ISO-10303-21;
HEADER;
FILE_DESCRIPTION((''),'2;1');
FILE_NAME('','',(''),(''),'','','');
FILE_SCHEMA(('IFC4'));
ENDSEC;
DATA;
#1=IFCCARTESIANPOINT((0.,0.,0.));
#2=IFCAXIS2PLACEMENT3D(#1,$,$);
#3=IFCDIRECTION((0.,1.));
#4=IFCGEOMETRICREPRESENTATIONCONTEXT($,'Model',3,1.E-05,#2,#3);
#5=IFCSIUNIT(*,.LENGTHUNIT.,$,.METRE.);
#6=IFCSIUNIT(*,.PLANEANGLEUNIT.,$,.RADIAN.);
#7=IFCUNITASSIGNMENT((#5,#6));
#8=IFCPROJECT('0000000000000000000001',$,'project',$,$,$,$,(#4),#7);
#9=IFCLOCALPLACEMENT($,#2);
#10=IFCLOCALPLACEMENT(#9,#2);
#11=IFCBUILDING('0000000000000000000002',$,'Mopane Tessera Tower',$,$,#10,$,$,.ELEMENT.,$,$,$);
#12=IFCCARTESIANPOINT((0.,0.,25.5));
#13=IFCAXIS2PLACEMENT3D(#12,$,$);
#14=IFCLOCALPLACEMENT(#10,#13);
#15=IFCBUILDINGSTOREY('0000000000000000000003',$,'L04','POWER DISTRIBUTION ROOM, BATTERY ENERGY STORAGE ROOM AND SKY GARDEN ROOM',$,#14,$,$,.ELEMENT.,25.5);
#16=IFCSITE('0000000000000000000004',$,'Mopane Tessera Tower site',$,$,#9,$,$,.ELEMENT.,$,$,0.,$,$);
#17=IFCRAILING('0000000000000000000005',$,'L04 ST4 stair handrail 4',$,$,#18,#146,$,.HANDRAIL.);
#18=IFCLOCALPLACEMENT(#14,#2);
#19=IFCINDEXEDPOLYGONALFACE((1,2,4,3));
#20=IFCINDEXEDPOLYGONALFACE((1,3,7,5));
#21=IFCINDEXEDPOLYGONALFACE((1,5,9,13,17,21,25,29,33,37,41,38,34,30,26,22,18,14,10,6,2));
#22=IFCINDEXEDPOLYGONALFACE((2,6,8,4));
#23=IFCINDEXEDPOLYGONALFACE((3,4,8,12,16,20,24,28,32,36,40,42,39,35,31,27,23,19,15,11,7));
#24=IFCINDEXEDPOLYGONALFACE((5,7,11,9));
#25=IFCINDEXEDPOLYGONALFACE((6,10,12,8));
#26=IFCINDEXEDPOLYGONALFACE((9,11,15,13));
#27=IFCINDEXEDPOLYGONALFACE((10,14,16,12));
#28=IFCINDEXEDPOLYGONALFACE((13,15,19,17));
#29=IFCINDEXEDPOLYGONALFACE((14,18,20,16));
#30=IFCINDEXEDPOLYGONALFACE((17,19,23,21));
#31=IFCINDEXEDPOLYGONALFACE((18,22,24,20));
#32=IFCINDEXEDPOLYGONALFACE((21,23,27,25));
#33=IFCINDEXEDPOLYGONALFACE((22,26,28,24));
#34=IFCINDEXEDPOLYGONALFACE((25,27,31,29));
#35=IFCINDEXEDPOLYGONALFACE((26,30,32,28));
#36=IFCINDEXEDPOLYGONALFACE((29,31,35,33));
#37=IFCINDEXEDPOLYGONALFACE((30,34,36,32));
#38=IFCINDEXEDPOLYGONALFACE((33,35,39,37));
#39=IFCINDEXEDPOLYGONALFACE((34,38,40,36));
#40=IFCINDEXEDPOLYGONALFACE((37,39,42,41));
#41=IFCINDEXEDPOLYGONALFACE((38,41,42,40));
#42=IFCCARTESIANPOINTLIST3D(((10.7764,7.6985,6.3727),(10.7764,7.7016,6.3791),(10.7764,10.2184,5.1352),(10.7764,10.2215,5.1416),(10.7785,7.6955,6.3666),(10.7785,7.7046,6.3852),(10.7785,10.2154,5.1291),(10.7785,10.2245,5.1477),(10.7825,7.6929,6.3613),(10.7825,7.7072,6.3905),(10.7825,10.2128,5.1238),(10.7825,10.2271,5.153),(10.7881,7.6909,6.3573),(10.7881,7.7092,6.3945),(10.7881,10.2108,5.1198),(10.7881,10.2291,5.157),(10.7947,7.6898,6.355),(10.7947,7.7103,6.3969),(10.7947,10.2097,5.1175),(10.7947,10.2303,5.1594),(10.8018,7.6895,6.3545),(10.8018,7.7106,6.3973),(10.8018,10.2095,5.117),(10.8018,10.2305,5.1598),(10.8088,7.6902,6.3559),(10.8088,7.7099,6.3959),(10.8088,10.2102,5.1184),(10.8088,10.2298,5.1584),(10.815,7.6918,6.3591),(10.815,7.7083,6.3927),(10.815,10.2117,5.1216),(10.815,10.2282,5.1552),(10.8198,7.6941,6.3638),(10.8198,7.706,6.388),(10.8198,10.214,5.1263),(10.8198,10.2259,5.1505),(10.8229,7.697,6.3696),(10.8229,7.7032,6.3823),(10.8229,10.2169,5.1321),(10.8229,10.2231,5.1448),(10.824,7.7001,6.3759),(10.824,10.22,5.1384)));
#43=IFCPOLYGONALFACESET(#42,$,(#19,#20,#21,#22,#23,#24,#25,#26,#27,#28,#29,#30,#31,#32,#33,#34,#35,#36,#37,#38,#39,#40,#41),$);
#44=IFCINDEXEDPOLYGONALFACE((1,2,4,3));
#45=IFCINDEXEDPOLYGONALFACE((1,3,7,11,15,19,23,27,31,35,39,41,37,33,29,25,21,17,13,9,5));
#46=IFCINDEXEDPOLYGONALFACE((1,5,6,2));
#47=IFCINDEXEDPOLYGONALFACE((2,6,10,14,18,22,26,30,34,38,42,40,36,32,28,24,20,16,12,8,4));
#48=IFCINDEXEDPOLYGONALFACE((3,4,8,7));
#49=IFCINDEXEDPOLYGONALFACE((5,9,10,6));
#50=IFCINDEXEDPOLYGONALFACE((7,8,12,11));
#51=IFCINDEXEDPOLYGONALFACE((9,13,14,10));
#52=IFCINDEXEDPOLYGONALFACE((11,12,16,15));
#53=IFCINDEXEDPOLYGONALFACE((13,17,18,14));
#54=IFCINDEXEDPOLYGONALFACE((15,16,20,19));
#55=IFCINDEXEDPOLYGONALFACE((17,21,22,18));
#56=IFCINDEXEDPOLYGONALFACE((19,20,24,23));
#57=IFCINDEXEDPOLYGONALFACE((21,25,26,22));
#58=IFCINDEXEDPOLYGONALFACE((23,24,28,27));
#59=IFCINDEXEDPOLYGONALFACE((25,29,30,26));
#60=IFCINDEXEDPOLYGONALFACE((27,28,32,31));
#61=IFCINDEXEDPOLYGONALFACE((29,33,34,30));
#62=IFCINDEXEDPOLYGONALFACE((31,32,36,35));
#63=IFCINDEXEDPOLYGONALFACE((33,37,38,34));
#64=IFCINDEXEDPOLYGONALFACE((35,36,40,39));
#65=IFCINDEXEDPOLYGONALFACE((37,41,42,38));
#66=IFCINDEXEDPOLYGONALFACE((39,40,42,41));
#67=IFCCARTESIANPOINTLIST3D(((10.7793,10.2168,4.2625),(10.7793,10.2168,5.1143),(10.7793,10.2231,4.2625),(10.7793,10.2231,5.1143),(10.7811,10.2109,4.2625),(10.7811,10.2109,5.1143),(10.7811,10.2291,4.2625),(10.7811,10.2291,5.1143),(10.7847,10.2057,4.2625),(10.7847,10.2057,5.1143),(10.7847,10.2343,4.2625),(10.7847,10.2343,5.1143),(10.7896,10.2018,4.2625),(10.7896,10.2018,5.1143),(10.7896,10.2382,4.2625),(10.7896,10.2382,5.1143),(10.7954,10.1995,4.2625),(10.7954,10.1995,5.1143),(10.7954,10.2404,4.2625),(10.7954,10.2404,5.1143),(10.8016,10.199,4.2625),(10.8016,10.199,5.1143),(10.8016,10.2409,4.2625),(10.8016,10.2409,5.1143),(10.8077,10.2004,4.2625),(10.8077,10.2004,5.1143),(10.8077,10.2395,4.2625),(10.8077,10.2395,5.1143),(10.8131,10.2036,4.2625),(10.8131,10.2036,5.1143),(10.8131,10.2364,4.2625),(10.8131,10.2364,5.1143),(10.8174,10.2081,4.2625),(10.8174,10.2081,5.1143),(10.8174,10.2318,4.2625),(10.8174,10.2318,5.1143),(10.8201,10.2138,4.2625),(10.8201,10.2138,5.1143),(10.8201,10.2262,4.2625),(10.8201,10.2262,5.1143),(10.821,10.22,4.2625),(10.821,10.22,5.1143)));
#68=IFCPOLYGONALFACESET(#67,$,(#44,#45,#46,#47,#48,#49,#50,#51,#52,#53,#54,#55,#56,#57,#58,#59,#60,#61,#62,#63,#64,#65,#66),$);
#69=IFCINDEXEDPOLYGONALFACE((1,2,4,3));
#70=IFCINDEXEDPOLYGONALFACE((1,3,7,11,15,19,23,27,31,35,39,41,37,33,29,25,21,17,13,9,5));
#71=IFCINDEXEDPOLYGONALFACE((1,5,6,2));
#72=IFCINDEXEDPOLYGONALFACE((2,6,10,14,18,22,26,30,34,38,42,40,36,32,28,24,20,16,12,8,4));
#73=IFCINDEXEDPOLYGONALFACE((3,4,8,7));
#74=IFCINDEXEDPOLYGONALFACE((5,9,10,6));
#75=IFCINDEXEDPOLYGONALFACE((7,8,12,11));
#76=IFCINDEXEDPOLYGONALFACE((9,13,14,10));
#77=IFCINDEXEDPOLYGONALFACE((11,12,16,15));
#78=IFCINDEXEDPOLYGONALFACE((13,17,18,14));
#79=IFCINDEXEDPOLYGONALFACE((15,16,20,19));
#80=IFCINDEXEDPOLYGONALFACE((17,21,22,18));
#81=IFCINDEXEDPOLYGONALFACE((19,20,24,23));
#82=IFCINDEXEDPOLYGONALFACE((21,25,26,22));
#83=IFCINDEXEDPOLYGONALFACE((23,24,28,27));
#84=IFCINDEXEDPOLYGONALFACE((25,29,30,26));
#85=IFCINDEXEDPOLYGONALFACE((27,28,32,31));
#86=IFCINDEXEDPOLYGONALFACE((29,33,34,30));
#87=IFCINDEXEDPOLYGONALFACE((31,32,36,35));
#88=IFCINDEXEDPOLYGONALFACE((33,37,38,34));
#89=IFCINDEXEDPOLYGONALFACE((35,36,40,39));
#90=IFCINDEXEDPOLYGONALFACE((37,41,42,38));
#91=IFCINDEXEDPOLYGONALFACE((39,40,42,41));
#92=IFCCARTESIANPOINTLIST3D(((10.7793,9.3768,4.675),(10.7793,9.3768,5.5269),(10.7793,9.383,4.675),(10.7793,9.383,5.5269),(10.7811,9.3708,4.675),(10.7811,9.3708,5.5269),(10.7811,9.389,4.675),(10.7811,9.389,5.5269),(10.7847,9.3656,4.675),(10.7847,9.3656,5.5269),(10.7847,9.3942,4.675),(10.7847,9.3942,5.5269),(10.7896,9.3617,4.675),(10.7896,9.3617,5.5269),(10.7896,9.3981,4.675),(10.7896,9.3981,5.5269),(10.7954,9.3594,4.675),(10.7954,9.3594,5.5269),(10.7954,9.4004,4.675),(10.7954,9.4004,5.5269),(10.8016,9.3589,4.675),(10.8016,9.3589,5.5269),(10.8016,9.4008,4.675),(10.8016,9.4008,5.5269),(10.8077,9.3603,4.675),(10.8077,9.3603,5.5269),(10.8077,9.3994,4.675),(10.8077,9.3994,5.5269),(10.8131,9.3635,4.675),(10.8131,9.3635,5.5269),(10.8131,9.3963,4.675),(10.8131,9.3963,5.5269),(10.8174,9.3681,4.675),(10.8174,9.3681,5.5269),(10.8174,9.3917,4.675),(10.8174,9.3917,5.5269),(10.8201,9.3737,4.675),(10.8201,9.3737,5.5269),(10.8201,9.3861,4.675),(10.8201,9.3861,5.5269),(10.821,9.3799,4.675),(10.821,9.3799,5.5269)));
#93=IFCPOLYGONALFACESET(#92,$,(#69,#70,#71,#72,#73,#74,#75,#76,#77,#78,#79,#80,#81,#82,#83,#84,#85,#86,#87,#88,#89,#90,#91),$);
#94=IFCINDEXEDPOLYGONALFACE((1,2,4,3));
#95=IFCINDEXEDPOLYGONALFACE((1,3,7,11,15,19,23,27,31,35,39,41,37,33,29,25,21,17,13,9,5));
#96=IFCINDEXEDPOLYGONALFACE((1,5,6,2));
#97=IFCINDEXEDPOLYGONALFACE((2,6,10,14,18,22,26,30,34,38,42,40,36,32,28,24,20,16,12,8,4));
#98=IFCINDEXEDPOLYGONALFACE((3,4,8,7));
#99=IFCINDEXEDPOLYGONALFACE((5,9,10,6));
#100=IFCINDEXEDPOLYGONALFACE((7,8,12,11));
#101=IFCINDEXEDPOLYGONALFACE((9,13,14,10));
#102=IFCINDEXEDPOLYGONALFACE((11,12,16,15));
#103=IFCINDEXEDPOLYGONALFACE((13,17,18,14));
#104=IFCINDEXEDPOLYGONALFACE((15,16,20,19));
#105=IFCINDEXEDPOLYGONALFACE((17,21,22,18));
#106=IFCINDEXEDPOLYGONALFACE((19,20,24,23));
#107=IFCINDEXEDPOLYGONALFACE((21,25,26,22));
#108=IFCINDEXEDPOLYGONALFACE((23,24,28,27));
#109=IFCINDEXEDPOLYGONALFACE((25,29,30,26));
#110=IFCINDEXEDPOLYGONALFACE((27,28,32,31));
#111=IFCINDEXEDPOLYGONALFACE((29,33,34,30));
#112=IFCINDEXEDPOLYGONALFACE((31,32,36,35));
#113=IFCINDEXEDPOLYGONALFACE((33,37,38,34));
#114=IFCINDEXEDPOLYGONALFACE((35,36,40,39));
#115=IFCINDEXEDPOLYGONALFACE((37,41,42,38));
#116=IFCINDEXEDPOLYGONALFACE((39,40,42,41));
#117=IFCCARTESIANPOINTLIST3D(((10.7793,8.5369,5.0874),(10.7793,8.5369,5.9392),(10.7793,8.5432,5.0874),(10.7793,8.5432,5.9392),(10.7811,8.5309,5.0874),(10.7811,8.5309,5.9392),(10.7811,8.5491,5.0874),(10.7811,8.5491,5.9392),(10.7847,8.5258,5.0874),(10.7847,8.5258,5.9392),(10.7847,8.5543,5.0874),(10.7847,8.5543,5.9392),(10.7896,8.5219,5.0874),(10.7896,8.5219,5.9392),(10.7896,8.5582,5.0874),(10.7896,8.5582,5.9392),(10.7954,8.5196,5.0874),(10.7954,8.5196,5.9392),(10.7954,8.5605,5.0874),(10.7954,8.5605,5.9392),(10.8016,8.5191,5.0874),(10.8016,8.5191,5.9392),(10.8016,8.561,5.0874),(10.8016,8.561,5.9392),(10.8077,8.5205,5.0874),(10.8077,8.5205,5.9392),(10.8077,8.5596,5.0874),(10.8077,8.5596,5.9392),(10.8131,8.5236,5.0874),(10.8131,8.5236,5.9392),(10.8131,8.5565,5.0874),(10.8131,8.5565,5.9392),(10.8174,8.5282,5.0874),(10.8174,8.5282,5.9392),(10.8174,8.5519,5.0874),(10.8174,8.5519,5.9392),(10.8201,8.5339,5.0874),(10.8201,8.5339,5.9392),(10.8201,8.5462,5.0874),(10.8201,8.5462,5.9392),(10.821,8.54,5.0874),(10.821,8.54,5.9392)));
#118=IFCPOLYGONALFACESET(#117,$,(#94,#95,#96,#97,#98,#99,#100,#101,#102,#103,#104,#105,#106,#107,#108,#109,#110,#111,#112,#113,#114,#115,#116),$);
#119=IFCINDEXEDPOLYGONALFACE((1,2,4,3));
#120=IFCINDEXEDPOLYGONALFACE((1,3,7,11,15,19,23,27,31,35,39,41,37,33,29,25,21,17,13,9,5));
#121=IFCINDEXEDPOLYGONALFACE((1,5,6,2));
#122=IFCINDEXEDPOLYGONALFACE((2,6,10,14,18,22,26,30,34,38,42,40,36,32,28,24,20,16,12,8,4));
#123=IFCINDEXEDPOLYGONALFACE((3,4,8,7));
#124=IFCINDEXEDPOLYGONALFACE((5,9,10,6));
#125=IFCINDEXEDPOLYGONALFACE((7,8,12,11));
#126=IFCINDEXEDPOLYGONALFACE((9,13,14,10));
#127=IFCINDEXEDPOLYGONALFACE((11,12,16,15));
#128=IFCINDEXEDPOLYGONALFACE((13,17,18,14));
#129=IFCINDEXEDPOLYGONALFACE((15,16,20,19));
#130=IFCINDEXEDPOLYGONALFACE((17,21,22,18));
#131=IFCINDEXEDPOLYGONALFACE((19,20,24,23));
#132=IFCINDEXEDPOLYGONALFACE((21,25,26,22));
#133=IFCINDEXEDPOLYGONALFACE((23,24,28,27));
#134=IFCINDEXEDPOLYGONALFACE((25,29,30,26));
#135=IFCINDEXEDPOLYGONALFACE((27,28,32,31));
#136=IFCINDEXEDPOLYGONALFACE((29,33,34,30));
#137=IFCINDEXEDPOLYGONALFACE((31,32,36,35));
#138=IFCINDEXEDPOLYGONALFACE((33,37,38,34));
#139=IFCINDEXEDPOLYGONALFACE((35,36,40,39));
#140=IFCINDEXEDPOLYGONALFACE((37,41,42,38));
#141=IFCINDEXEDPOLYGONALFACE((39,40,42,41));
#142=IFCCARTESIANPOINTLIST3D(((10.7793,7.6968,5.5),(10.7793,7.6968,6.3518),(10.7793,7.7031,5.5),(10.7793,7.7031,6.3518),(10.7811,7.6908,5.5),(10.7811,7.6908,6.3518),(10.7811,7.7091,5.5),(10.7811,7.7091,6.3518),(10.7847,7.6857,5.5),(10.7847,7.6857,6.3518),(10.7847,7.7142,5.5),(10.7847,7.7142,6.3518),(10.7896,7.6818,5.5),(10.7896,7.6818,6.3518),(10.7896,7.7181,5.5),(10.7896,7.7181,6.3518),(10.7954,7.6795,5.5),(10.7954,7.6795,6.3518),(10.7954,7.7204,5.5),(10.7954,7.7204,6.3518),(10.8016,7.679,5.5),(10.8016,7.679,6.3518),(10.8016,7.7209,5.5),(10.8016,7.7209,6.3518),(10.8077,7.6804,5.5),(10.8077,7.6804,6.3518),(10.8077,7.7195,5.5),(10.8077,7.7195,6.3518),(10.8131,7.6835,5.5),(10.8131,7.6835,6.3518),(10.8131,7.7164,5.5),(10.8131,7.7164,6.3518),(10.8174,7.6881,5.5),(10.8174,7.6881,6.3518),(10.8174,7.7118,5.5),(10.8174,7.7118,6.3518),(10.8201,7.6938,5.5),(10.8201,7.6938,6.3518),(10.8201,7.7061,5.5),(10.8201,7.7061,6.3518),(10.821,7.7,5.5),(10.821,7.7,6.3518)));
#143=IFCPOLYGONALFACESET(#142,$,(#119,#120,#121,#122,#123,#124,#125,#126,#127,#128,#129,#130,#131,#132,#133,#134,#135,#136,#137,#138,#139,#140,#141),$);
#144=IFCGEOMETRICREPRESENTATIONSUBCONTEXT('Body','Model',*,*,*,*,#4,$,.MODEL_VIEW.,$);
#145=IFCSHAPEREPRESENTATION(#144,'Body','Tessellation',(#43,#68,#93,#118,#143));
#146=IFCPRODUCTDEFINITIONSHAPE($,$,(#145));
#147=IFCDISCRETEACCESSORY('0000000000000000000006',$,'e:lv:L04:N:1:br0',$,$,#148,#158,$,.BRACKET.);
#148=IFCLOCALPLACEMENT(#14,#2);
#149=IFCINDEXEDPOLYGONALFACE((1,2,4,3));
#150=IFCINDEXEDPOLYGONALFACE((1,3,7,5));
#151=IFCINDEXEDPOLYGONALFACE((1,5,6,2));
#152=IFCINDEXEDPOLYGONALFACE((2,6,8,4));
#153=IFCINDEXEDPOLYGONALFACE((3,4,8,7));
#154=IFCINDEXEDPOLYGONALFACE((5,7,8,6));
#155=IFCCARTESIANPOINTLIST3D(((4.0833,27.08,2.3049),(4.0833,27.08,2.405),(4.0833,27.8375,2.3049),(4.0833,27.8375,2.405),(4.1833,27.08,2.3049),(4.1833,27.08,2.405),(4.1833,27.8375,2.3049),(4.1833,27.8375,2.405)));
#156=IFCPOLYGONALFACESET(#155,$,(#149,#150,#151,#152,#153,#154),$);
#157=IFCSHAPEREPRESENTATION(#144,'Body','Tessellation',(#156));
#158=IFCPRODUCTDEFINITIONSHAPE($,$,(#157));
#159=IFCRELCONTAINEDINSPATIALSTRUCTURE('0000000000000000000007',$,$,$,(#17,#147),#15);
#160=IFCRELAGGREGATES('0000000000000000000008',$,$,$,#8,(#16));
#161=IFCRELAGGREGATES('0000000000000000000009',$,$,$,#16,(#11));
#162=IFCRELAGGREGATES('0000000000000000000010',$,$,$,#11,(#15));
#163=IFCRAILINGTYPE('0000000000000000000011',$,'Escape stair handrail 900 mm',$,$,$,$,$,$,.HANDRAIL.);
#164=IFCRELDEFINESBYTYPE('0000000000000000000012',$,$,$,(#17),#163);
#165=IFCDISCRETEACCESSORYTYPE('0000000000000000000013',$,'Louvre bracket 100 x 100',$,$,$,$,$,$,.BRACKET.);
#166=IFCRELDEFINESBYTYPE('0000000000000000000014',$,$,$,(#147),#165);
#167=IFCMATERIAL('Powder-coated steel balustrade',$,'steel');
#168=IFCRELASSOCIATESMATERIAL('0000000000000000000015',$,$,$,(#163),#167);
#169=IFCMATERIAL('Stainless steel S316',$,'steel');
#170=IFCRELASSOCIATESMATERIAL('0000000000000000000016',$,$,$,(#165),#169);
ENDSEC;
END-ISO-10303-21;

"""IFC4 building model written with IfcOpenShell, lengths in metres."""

from ifc_helpers import new_model, si_unit, direction, frame, origin, origin_2d, place, context, subcontext, project, spatial, rectangle, circle, extrude, material, type_object, element, save


model = new_model("IFC4")

# Units and contexts
model_context = context("Model", 3, precision=1e-05, world=origin(), true_north=direction((0.0, 1.0)))
body_context = subcontext(model_context, "Body", "Model", "MODEL_VIEW")
ifc_project = project(units=[si_unit("LENGTHUNIT", "METRE"), si_unit("PLANEANGLEUNIT", "RADIAN")], contexts=[model_context])

# Site, building, storey
site_placement = place(None, origin())
site = spatial("IfcSite", under=ifc_project, at=site_placement, Name="Mopane Tessera Tower site", CompositionType="ELEMENT", RefElevation=0.0)
building_placement = place(site_placement, origin())
building = spatial("IfcBuilding", under=site, at=building_placement, Name="Mopane Tessera Tower", CompositionType="ELEMENT")
storey_placement = place(building_placement, frame((0.0, 0.0, 25.5)))
storey = spatial("IfcBuildingStorey", under=building, at=storey_placement, Name="L04", Description="POWER DISTRIBUTION ROOM, BATTERY ENERGY STORAGE ROOM AND SKY GARDEN ROOM", CompositionType="ELEMENT", Elevation=25.5)

# Railing
ifc_material_1 = material(Name="Powder-coated steel balustrade", Category="steel")
railing_type_1 = type_object("IfcRailingType", Name="Escape stair handrail 900 mm", PredefinedType="HANDRAIL", material=ifc_material_1)
for number, where, name in (
    (1, (10.8, 10.22, 4.2625), "L04 ST4 stair handrail 4"),
):
    element("IfcRailing", number, at=place(storey_placement, frame(where)), inside=storey, type_object=railing_type_1, Name=name, PredefinedType="HANDRAIL", context=body_context, shape_type="SweptSolid", body=[
        extrude(circle(Radius=0.0239, at=origin_2d()), frame((0.0, 0.0, 0.876), z_axis=(0.0, -0.897604, 0.440802), x_axis=(1.0, 0.0, 0.0)), (0.0, 0.0, 1.0), 2.8074),
        extrude(circle(Radius=0.021, at=origin_2d()), origin(), (0.0, 0.0, 1.0), 0.8518),
        extrude(circle(Radius=0.021, at=origin_2d()), frame((0.0, -0.8401, 0.4126)), (0.0, 0.0, 1.0), 0.8518),
        extrude(circle(Radius=0.021, at=origin_2d()), frame((0.0, -1.6799, 0.825)), (0.0, 0.0, 1.0), 0.8518),
        extrude(circle(Radius=0.021, at=origin_2d()), frame((0.0, -2.52, 1.2375)), (0.0, 0.0, 1.0), 0.8518),
    ])

# Discrete accessory
ifc_material_2 = material(Name="Stainless steel S316", Category="steel")
discrete_accessory_type = type_object("IfcDiscreteAccessoryType", Name="Louvre bracket 100 x 100", PredefinedType="BRACKET", material=ifc_material_2)
discrete_accessory_placement = place(storey_placement, frame((4.1333, 27.4587, 2.3049), z_axis=(0.0, 0.0, 1.0), x_axis=(0.0, 1.0, 0.0)))
element("IfcDiscreteAccessory", 2, at=discrete_accessory_placement, inside=storey, type_object=discrete_accessory_type, Name="e:lv:L04:N:1:br0", PredefinedType="BRACKET", context=body_context, shape_type="SweptSolid", body=[
    extrude(rectangle(XDim=0.7576, YDim=0.1001, at=origin_2d()), origin(), (0.0, 0.0, 1.0), 0.1001),
])

save(model, "model.ifc")
